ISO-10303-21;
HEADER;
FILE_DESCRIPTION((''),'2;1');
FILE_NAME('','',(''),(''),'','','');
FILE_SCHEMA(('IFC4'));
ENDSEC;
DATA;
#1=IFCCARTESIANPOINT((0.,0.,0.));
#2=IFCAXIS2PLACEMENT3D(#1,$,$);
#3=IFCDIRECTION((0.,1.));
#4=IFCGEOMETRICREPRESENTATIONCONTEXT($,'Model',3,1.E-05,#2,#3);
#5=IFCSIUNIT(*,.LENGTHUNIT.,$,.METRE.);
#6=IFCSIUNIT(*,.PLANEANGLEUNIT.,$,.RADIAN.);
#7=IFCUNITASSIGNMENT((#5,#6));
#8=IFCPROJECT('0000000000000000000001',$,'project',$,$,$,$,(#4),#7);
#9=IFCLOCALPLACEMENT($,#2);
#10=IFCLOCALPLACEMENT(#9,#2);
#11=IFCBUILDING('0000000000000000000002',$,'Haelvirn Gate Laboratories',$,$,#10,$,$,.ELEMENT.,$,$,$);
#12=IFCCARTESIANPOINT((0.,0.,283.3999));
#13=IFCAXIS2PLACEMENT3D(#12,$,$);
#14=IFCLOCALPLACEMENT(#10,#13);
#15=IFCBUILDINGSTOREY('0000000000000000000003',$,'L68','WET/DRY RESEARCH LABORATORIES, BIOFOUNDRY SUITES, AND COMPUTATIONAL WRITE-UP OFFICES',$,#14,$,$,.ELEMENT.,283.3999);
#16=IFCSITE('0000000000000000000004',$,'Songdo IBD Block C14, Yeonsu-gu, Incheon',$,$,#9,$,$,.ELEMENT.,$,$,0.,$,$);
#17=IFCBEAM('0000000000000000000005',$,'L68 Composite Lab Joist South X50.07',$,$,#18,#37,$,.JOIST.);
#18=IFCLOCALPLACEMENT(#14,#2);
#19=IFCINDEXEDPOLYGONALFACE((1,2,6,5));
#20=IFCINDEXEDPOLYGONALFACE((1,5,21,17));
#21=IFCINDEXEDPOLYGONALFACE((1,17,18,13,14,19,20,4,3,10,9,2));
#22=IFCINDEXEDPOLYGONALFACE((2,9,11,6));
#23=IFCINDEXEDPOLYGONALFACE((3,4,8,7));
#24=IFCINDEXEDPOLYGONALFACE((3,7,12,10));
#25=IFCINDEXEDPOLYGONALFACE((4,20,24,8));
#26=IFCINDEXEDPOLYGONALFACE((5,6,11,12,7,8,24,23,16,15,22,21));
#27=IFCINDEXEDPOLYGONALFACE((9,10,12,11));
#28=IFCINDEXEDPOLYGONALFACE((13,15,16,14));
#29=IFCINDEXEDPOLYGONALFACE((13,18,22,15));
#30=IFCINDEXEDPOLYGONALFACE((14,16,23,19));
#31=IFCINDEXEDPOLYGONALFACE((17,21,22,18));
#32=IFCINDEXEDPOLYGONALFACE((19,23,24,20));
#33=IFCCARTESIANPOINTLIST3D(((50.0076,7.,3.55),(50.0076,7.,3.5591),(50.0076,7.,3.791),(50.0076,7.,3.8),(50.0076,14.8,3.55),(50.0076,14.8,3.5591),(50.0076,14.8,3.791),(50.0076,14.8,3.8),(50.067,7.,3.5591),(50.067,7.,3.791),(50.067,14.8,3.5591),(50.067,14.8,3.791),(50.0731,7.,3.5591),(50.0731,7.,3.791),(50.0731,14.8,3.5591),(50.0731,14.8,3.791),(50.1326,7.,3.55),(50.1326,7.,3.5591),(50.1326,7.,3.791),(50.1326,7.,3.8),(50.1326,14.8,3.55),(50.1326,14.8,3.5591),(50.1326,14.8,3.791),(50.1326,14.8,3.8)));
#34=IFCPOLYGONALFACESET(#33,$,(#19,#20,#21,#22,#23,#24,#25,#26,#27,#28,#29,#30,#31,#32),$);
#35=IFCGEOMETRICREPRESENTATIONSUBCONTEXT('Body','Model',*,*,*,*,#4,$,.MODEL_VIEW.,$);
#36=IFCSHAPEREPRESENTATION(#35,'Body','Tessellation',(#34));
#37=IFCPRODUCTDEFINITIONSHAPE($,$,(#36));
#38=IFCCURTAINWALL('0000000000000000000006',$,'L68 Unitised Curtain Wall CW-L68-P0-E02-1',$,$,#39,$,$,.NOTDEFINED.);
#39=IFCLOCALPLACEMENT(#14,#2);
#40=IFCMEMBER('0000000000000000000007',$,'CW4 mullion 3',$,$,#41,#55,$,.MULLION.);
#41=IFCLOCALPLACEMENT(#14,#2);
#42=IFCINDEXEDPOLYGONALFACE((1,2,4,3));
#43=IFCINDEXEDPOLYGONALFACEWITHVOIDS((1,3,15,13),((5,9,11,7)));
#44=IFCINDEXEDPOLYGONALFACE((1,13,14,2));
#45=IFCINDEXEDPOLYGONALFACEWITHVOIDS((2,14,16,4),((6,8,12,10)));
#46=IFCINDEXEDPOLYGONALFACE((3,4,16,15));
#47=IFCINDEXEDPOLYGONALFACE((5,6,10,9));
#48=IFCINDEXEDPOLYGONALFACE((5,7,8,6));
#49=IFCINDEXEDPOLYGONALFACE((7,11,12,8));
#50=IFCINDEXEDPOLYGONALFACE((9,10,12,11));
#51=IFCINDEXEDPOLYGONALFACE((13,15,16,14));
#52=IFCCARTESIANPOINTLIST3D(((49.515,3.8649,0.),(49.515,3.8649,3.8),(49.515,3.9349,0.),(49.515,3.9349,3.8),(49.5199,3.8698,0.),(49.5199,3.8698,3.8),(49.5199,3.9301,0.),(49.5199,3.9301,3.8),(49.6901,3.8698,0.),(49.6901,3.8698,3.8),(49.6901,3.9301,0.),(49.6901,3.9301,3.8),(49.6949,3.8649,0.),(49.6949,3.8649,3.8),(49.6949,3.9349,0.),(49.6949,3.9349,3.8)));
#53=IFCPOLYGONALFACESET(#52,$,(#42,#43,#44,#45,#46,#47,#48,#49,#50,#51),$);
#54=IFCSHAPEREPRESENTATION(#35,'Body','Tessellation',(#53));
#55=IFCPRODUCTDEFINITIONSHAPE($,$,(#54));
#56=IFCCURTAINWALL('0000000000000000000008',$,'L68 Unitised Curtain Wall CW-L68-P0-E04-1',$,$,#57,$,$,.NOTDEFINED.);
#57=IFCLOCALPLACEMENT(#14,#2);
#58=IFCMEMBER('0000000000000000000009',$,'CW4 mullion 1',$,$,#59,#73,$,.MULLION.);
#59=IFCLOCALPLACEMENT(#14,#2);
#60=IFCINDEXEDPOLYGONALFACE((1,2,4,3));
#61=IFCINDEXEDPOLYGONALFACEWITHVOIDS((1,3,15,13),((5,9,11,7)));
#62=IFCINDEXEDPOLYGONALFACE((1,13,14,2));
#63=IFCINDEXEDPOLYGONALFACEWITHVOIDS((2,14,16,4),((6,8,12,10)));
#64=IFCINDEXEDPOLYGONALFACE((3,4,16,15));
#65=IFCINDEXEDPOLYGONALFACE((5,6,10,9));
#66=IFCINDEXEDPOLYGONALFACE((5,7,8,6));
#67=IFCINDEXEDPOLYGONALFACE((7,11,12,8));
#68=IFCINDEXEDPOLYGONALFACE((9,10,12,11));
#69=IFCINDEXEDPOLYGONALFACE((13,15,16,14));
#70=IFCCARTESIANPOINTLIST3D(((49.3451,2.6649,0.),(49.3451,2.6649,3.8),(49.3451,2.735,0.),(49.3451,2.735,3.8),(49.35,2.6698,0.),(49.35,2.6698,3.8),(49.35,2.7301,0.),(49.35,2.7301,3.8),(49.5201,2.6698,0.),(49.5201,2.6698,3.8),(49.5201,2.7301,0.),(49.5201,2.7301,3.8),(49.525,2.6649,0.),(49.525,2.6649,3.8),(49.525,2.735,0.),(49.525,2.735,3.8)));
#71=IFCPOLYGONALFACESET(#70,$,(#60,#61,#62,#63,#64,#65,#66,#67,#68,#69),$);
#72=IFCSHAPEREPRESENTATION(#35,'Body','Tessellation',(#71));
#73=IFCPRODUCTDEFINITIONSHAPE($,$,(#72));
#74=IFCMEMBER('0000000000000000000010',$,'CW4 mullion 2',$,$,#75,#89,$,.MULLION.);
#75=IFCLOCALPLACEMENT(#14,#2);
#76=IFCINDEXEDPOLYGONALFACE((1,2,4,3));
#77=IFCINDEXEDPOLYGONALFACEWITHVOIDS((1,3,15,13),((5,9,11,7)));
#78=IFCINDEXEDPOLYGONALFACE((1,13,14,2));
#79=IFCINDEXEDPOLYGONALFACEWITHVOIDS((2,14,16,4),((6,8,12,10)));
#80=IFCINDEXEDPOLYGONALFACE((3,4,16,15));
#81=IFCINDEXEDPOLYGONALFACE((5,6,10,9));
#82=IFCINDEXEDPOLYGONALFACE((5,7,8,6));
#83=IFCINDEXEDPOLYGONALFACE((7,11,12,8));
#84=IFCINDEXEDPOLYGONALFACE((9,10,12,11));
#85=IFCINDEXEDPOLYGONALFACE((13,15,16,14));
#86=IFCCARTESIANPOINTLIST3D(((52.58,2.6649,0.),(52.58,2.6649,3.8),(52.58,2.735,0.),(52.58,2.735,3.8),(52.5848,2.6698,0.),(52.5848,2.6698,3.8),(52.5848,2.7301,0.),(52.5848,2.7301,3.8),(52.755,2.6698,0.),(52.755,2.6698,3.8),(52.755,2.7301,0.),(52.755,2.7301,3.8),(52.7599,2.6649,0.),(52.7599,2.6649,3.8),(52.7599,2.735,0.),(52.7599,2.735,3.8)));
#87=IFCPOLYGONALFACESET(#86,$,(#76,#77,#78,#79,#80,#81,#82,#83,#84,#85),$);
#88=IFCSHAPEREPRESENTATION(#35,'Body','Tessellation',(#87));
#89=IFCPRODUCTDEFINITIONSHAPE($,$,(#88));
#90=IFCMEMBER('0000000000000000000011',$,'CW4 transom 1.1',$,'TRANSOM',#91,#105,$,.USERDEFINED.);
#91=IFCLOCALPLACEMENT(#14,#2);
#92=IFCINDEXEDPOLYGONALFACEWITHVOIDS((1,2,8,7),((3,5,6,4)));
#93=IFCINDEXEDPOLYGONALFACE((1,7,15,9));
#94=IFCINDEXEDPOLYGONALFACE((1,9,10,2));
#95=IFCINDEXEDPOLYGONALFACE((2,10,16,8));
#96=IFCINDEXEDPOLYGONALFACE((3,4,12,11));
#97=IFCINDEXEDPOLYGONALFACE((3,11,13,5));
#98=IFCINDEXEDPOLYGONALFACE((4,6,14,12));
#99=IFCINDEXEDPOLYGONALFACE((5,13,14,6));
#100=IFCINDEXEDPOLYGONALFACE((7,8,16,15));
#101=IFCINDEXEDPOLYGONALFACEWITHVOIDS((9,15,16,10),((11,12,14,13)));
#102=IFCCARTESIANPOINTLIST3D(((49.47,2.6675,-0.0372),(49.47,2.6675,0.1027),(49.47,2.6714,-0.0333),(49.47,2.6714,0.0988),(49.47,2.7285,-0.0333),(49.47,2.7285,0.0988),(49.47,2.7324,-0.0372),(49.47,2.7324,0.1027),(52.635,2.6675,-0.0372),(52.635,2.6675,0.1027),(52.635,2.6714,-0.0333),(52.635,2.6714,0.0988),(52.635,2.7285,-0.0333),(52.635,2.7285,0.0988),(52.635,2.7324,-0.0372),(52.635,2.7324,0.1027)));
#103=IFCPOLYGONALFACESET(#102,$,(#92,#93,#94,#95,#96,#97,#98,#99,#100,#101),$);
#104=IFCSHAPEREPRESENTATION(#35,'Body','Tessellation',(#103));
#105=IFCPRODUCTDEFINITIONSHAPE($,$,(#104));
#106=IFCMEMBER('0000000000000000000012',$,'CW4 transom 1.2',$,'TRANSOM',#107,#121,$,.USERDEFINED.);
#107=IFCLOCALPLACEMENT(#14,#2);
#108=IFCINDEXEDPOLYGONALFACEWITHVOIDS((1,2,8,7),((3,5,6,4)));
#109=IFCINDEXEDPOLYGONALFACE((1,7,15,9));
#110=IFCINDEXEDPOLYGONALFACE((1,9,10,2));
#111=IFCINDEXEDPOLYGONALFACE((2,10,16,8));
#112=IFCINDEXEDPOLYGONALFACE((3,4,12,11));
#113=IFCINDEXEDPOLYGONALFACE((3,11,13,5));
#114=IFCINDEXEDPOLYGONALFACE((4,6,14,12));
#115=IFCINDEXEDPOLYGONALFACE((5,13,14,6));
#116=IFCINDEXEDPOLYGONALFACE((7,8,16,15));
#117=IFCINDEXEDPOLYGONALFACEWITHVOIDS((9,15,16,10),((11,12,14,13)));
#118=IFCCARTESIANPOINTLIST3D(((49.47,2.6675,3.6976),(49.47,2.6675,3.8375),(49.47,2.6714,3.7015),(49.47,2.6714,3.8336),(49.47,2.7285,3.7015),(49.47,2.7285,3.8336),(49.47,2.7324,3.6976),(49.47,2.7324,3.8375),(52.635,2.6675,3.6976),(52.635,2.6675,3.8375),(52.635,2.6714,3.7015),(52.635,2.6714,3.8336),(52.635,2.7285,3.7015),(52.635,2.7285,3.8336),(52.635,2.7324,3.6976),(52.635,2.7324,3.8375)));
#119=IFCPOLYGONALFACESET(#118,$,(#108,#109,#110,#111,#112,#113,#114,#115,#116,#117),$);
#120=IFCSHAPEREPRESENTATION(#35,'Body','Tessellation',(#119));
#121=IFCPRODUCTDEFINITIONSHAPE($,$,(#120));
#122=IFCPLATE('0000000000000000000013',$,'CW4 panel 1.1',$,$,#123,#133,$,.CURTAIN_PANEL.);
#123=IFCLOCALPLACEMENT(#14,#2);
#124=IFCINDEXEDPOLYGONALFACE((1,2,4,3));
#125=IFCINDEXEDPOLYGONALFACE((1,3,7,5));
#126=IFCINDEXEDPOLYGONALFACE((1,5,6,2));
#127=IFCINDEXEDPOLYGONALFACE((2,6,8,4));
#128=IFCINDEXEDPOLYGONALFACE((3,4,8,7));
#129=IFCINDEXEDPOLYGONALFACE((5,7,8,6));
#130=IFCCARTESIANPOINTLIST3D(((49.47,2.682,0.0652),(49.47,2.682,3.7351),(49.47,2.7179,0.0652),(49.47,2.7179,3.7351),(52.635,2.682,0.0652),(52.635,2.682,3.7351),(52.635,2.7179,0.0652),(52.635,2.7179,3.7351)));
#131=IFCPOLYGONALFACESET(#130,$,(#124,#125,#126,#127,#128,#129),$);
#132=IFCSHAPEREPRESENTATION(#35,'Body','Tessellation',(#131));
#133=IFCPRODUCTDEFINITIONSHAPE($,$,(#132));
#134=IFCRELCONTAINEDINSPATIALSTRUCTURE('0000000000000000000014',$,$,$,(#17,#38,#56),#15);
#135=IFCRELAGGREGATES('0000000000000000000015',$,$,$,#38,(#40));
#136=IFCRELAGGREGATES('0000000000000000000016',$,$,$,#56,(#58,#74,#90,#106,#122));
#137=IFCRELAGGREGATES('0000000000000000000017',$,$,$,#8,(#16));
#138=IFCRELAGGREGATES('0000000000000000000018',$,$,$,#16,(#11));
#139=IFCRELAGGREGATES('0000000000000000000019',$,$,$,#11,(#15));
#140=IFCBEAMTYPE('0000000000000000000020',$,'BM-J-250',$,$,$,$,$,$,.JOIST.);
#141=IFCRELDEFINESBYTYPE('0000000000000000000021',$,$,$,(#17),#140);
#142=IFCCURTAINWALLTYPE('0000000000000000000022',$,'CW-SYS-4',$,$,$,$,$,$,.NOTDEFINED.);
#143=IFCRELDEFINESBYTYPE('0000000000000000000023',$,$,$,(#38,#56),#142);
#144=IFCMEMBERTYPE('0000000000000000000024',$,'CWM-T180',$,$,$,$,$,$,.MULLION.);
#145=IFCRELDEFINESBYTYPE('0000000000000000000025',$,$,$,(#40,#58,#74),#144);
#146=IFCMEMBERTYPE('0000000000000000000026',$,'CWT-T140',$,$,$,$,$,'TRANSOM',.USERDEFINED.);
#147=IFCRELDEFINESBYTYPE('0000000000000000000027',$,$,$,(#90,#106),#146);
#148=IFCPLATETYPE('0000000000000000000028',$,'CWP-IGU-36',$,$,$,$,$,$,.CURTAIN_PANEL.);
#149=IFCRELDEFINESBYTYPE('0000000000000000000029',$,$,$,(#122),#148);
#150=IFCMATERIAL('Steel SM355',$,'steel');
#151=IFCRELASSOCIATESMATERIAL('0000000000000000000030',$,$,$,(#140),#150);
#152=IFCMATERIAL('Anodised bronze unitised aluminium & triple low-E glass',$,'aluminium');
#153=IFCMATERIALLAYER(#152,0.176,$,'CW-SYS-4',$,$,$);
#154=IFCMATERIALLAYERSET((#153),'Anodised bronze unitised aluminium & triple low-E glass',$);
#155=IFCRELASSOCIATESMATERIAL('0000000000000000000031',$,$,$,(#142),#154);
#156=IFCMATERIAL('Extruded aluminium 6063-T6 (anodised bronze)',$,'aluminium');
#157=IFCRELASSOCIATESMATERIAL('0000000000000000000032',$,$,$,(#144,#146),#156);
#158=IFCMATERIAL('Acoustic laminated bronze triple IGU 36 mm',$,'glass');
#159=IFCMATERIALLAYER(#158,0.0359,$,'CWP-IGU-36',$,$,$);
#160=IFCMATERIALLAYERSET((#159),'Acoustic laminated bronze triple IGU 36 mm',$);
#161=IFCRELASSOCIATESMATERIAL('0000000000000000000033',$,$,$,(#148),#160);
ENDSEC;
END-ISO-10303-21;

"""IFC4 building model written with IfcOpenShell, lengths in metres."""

from ifc_helpers import new_model, si_unit, direction, frame, origin, origin_2d, place, context, subcontext, project, spatial, rectangle, hollow_rectangle, i_section, extrude, source, transform, mapped, material, layer, layer_set, material_profile, profile_set, type_object, type_shapes, element, aggregate, save


model = new_model("IFC4")

# Units and contexts
model_context = context("Model", 3, precision=1e-05, world=origin(), true_north=direction((0.0, 1.0)))
body_context = subcontext(model_context, "Body", "Model", "MODEL_VIEW")
ifc_project = project(units=[si_unit("LENGTHUNIT", "METRE"), si_unit("PLANEANGLEUNIT", "RADIAN")], contexts=[model_context])

# Site, building, storey
site_placement = place(None, origin())
site = spatial("IfcSite", under=ifc_project, at=site_placement, Name="Songdo IBD Block C14, Yeonsu-gu, Incheon", CompositionType="ELEMENT", RefElevation=0.0)
building_placement = place(site_placement, origin())
building = spatial("IfcBuilding", under=site, at=building_placement, Name="Haelvirn Gate Laboratories", CompositionType="ELEMENT")
storey_placement = place(building_placement, frame((0.0, 0.0, 283.3999)))
storey = spatial("IfcBuildingStorey", under=building, at=storey_placement, Name="L68", Description="WET/DRY RESEARCH LABORATORIES, BIOFOUNDRY SUITES, AND COMPUTATIONAL WRITE-UP OFFICES", CompositionType="ELEMENT", Elevation=283.3999)

# Shared definitions
ifc_material_1 = material(Name="Steel SM355", Category="steel")

# Beam
ifc_material_profile_1 = material_profile(ifc_material_1, i_section(OverallWidth=0.125, OverallDepth=0.25, WebThickness=0.0061, FlangeThickness=0.009, at=origin_2d()), Name="H-250x125x6x9")
ifc_profile_set_1 = profile_set([ifc_material_profile_1], Name="Steel SM355")
beam_type_1 = type_object("IfcBeamType", Name="BM-J-250", PredefinedType="JOIST", material=ifc_profile_set_1)
shared_shape_1 = source(origin(), body_context, "Body", "SweptSolid", [
    extrude(i_section(OverallWidth=0.125, OverallDepth=0.25, WebThickness=0.0061, FlangeThickness=0.009, at=origin_2d()), origin(), (0.0, 0.0, 1.0), 7.8),
])
type_shapes(beam_type_1, [shared_shape_1])
for number, where, z_axis, x_axis, name in (
    (1, (50.0701, 7.0, 3.675), (0.0, 1.0, 0.0), (-1.0, 0.0, 0.0), "L68 Composite Lab Joist South X50.07"),
):
    element("IfcBeam", number, at=place(storey_placement, frame(where, z_axis=z_axis, x_axis=x_axis)), inside=storey, type_object=beam_type_1, Name=name, PredefinedType="JOIST", context=body_context, shape_type="MappedRepresentation", body=[
        mapped(shared_shape_1, transform((0.0, 0.0, 0.0), scale=1.0)),
    ])

# Curtain wall, member
ifc_material_2 = material(Name="Anodised bronze unitised aluminium & triple low-E glass", Category="aluminium")
ifc_layer_1 = layer(ifc_material_2, 0.176, Name="CW-SYS-4")
ifc_layer_set_1 = layer_set([ifc_layer_1], Name="Anodised bronze unitised aluminium & triple low-E glass")
curtain_wall_type = type_object("IfcCurtainWallType", Name="CW-SYS-4", PredefinedType="NOTDEFINED", material=ifc_layer_set_1)
curtain_wall_1_placement = place(storey_placement, origin())
curtain_wall_1 = element("IfcCurtainWall", 2, at=curtain_wall_1_placement, inside=storey, type_object=curtain_wall_type, Name="L68 Unitised Curtain Wall CW-L68-P0-E02-1", PredefinedType="NOTDEFINED")
ifc_material_3 = material(Name="Extruded aluminium 6063-T6 (anodised bronze)", Category="aluminium")
ifc_material_profile_2 = material_profile(ifc_material_3, hollow_rectangle(XDim=0.0701, YDim=0.1799, WallThickness=0.0049, at=origin_2d()), Name="CWM-180x70x5")
ifc_profile_set_2 = profile_set([ifc_material_profile_2], Name="Extruded aluminium 6063-T6 (anodised bronze)")
member_type_1 = type_object("IfcMemberType", Name="CWM-T180", PredefinedType="MULLION", material=ifc_profile_set_2)
shared_shape_2 = source(origin(), body_context, "Body", "SweptSolid", [
    extrude(hollow_rectangle(XDim=0.0701, YDim=0.1799, WallThickness=0.0049, at=origin_2d()), origin(), (0.0, 0.0, 1.0), 3.8),
])
type_shapes(member_type_1, [shared_shape_2])
member_1_placement = place(storey_placement, frame((49.605, 3.8999, 0.0), z_axis=(0.0, 0.0, 1.0), x_axis=(0.0, 1.0, 0.0)))
member_1 = element("IfcMember", 3, at=member_1_placement, type_object=member_type_1, Name="CW4 mullion 3", PredefinedType="MULLION", context=body_context, shape_type="MappedRepresentation", body=[
    mapped(shared_shape_2, transform((0.0, 0.0, 0.0), scale=1.0)),
])
aggregate(curtain_wall_1, [member_1])

# Curtain wall, members, plate
curtain_wall_2_placement = place(storey_placement, origin())
curtain_wall_2 = element("IfcCurtainWall", 4, at=curtain_wall_2_placement, inside=storey, type_object=curtain_wall_type, Name="L68 Unitised Curtain Wall CW-L68-P0-E04-1", PredefinedType="NOTDEFINED")
member_2_placement = place(storey_placement, frame((49.4351, 2.7, 0.0), z_axis=(0.0, 0.0, 1.0), x_axis=(0.0, 1.0, 0.0)))
member_2 = element("IfcMember", 5, at=member_2_placement, type_object=member_type_1, Name="CW4 mullion 1", PredefinedType="MULLION", context=body_context, shape_type="MappedRepresentation", body=[
    mapped(shared_shape_2, transform((0.0, 0.0, 0.0), scale=1.0)),
])
member_3_placement = place(storey_placement, frame((52.6699, 2.7, 0.0), z_axis=(0.0, 0.0, 1.0), x_axis=(0.0, 1.0, 0.0)))
member_3 = element("IfcMember", 6, at=member_3_placement, type_object=member_type_1, Name="CW4 mullion 2", PredefinedType="MULLION", context=body_context, shape_type="MappedRepresentation", body=[
    mapped(shared_shape_2, transform((0.0, 0.0, 0.0), scale=1.0)),
])
ifc_material_profile_3 = material_profile(ifc_material_3, hollow_rectangle(XDim=0.0649, YDim=0.1399, WallThickness=0.0039, at=origin_2d()), Name="CWT-140x65x4")
ifc_profile_set_3 = profile_set([ifc_material_profile_3], Name="Extruded aluminium 6063-T6 (anodised bronze)")
member_type_2 = type_object("IfcMemberType", Name="CWT-T140", ElementType="TRANSOM", PredefinedType="USERDEFINED", material=ifc_profile_set_3)
shared_shape_3 = source(origin(), body_context, "Body", "SweptSolid", [
    extrude(hollow_rectangle(XDim=0.0649, YDim=0.1399, WallThickness=0.0039, at=origin_2d()), origin(), (0.0, 0.0, 1.0), 3.165),
])
type_shapes(member_type_2, [shared_shape_3])
member_4_placement = place(storey_placement, frame((49.47, 2.7, 0.0327), z_axis=(1.0, 0.0, 0.0), x_axis=(0.0, 1.0, 0.0)))
member_4 = element("IfcMember", 7, at=member_4_placement, type_object=member_type_2, Name="CW4 transom 1.1", ObjectType="TRANSOM", PredefinedType="USERDEFINED", context=body_context, shape_type="MappedRepresentation", body=[
    mapped(shared_shape_3, transform((0.0, 0.0, 0.0), scale=1.0)),
])
member_5_placement = place(storey_placement, frame((49.47, 2.7, 3.7676), z_axis=(1.0, 0.0, 0.0), x_axis=(0.0, 1.0, 0.0)))
member_5 = element("IfcMember", 8, at=member_5_placement, type_object=member_type_2, Name="CW4 transom 1.2", ObjectType="TRANSOM", PredefinedType="USERDEFINED", context=body_context, shape_type="MappedRepresentation", body=[
    mapped(shared_shape_3, transform((0.0, 0.0, 0.0), scale=1.0)),
])
ifc_material_4 = material(Name="Acoustic laminated bronze triple IGU 36 mm", Category="glass")
ifc_layer_2 = layer(ifc_material_4, 0.0359, Name="CWP-IGU-36")
ifc_layer_set_2 = layer_set([ifc_layer_2], Name="Acoustic laminated bronze triple IGU 36 mm")
plate_type = type_object("IfcPlateType", Name="CWP-IGU-36", PredefinedType="CURTAIN_PANEL", material=ifc_layer_set_2)
shared_shape_4 = source(origin(), body_context, "Body", "SweptSolid", [
    extrude(rectangle(XDim=3.165, YDim=0.0359, at=origin_2d()), origin(), (0.0, 0.0, 1.0), 3.6699),
])
type_shapes(plate_type, [shared_shape_4])
plate_placement = place(storey_placement, frame((51.0525, 2.7, 0.0652), z_axis=(0.0, 0.0, 1.0), x_axis=(1.0, 0.0, 0.0)))
plate = element("IfcPlate", 9, at=plate_placement, type_object=plate_type, Name="CW4 panel 1.1", PredefinedType="CURTAIN_PANEL", context=body_context, shape_type="MappedRepresentation", body=[
    mapped(shared_shape_4, transform((0.0, 0.0, 0.0), scale=1.0)),
])
aggregate(curtain_wall_2, [member_2, member_3, member_4, member_5, plate])

save(model, "model.ifc")
